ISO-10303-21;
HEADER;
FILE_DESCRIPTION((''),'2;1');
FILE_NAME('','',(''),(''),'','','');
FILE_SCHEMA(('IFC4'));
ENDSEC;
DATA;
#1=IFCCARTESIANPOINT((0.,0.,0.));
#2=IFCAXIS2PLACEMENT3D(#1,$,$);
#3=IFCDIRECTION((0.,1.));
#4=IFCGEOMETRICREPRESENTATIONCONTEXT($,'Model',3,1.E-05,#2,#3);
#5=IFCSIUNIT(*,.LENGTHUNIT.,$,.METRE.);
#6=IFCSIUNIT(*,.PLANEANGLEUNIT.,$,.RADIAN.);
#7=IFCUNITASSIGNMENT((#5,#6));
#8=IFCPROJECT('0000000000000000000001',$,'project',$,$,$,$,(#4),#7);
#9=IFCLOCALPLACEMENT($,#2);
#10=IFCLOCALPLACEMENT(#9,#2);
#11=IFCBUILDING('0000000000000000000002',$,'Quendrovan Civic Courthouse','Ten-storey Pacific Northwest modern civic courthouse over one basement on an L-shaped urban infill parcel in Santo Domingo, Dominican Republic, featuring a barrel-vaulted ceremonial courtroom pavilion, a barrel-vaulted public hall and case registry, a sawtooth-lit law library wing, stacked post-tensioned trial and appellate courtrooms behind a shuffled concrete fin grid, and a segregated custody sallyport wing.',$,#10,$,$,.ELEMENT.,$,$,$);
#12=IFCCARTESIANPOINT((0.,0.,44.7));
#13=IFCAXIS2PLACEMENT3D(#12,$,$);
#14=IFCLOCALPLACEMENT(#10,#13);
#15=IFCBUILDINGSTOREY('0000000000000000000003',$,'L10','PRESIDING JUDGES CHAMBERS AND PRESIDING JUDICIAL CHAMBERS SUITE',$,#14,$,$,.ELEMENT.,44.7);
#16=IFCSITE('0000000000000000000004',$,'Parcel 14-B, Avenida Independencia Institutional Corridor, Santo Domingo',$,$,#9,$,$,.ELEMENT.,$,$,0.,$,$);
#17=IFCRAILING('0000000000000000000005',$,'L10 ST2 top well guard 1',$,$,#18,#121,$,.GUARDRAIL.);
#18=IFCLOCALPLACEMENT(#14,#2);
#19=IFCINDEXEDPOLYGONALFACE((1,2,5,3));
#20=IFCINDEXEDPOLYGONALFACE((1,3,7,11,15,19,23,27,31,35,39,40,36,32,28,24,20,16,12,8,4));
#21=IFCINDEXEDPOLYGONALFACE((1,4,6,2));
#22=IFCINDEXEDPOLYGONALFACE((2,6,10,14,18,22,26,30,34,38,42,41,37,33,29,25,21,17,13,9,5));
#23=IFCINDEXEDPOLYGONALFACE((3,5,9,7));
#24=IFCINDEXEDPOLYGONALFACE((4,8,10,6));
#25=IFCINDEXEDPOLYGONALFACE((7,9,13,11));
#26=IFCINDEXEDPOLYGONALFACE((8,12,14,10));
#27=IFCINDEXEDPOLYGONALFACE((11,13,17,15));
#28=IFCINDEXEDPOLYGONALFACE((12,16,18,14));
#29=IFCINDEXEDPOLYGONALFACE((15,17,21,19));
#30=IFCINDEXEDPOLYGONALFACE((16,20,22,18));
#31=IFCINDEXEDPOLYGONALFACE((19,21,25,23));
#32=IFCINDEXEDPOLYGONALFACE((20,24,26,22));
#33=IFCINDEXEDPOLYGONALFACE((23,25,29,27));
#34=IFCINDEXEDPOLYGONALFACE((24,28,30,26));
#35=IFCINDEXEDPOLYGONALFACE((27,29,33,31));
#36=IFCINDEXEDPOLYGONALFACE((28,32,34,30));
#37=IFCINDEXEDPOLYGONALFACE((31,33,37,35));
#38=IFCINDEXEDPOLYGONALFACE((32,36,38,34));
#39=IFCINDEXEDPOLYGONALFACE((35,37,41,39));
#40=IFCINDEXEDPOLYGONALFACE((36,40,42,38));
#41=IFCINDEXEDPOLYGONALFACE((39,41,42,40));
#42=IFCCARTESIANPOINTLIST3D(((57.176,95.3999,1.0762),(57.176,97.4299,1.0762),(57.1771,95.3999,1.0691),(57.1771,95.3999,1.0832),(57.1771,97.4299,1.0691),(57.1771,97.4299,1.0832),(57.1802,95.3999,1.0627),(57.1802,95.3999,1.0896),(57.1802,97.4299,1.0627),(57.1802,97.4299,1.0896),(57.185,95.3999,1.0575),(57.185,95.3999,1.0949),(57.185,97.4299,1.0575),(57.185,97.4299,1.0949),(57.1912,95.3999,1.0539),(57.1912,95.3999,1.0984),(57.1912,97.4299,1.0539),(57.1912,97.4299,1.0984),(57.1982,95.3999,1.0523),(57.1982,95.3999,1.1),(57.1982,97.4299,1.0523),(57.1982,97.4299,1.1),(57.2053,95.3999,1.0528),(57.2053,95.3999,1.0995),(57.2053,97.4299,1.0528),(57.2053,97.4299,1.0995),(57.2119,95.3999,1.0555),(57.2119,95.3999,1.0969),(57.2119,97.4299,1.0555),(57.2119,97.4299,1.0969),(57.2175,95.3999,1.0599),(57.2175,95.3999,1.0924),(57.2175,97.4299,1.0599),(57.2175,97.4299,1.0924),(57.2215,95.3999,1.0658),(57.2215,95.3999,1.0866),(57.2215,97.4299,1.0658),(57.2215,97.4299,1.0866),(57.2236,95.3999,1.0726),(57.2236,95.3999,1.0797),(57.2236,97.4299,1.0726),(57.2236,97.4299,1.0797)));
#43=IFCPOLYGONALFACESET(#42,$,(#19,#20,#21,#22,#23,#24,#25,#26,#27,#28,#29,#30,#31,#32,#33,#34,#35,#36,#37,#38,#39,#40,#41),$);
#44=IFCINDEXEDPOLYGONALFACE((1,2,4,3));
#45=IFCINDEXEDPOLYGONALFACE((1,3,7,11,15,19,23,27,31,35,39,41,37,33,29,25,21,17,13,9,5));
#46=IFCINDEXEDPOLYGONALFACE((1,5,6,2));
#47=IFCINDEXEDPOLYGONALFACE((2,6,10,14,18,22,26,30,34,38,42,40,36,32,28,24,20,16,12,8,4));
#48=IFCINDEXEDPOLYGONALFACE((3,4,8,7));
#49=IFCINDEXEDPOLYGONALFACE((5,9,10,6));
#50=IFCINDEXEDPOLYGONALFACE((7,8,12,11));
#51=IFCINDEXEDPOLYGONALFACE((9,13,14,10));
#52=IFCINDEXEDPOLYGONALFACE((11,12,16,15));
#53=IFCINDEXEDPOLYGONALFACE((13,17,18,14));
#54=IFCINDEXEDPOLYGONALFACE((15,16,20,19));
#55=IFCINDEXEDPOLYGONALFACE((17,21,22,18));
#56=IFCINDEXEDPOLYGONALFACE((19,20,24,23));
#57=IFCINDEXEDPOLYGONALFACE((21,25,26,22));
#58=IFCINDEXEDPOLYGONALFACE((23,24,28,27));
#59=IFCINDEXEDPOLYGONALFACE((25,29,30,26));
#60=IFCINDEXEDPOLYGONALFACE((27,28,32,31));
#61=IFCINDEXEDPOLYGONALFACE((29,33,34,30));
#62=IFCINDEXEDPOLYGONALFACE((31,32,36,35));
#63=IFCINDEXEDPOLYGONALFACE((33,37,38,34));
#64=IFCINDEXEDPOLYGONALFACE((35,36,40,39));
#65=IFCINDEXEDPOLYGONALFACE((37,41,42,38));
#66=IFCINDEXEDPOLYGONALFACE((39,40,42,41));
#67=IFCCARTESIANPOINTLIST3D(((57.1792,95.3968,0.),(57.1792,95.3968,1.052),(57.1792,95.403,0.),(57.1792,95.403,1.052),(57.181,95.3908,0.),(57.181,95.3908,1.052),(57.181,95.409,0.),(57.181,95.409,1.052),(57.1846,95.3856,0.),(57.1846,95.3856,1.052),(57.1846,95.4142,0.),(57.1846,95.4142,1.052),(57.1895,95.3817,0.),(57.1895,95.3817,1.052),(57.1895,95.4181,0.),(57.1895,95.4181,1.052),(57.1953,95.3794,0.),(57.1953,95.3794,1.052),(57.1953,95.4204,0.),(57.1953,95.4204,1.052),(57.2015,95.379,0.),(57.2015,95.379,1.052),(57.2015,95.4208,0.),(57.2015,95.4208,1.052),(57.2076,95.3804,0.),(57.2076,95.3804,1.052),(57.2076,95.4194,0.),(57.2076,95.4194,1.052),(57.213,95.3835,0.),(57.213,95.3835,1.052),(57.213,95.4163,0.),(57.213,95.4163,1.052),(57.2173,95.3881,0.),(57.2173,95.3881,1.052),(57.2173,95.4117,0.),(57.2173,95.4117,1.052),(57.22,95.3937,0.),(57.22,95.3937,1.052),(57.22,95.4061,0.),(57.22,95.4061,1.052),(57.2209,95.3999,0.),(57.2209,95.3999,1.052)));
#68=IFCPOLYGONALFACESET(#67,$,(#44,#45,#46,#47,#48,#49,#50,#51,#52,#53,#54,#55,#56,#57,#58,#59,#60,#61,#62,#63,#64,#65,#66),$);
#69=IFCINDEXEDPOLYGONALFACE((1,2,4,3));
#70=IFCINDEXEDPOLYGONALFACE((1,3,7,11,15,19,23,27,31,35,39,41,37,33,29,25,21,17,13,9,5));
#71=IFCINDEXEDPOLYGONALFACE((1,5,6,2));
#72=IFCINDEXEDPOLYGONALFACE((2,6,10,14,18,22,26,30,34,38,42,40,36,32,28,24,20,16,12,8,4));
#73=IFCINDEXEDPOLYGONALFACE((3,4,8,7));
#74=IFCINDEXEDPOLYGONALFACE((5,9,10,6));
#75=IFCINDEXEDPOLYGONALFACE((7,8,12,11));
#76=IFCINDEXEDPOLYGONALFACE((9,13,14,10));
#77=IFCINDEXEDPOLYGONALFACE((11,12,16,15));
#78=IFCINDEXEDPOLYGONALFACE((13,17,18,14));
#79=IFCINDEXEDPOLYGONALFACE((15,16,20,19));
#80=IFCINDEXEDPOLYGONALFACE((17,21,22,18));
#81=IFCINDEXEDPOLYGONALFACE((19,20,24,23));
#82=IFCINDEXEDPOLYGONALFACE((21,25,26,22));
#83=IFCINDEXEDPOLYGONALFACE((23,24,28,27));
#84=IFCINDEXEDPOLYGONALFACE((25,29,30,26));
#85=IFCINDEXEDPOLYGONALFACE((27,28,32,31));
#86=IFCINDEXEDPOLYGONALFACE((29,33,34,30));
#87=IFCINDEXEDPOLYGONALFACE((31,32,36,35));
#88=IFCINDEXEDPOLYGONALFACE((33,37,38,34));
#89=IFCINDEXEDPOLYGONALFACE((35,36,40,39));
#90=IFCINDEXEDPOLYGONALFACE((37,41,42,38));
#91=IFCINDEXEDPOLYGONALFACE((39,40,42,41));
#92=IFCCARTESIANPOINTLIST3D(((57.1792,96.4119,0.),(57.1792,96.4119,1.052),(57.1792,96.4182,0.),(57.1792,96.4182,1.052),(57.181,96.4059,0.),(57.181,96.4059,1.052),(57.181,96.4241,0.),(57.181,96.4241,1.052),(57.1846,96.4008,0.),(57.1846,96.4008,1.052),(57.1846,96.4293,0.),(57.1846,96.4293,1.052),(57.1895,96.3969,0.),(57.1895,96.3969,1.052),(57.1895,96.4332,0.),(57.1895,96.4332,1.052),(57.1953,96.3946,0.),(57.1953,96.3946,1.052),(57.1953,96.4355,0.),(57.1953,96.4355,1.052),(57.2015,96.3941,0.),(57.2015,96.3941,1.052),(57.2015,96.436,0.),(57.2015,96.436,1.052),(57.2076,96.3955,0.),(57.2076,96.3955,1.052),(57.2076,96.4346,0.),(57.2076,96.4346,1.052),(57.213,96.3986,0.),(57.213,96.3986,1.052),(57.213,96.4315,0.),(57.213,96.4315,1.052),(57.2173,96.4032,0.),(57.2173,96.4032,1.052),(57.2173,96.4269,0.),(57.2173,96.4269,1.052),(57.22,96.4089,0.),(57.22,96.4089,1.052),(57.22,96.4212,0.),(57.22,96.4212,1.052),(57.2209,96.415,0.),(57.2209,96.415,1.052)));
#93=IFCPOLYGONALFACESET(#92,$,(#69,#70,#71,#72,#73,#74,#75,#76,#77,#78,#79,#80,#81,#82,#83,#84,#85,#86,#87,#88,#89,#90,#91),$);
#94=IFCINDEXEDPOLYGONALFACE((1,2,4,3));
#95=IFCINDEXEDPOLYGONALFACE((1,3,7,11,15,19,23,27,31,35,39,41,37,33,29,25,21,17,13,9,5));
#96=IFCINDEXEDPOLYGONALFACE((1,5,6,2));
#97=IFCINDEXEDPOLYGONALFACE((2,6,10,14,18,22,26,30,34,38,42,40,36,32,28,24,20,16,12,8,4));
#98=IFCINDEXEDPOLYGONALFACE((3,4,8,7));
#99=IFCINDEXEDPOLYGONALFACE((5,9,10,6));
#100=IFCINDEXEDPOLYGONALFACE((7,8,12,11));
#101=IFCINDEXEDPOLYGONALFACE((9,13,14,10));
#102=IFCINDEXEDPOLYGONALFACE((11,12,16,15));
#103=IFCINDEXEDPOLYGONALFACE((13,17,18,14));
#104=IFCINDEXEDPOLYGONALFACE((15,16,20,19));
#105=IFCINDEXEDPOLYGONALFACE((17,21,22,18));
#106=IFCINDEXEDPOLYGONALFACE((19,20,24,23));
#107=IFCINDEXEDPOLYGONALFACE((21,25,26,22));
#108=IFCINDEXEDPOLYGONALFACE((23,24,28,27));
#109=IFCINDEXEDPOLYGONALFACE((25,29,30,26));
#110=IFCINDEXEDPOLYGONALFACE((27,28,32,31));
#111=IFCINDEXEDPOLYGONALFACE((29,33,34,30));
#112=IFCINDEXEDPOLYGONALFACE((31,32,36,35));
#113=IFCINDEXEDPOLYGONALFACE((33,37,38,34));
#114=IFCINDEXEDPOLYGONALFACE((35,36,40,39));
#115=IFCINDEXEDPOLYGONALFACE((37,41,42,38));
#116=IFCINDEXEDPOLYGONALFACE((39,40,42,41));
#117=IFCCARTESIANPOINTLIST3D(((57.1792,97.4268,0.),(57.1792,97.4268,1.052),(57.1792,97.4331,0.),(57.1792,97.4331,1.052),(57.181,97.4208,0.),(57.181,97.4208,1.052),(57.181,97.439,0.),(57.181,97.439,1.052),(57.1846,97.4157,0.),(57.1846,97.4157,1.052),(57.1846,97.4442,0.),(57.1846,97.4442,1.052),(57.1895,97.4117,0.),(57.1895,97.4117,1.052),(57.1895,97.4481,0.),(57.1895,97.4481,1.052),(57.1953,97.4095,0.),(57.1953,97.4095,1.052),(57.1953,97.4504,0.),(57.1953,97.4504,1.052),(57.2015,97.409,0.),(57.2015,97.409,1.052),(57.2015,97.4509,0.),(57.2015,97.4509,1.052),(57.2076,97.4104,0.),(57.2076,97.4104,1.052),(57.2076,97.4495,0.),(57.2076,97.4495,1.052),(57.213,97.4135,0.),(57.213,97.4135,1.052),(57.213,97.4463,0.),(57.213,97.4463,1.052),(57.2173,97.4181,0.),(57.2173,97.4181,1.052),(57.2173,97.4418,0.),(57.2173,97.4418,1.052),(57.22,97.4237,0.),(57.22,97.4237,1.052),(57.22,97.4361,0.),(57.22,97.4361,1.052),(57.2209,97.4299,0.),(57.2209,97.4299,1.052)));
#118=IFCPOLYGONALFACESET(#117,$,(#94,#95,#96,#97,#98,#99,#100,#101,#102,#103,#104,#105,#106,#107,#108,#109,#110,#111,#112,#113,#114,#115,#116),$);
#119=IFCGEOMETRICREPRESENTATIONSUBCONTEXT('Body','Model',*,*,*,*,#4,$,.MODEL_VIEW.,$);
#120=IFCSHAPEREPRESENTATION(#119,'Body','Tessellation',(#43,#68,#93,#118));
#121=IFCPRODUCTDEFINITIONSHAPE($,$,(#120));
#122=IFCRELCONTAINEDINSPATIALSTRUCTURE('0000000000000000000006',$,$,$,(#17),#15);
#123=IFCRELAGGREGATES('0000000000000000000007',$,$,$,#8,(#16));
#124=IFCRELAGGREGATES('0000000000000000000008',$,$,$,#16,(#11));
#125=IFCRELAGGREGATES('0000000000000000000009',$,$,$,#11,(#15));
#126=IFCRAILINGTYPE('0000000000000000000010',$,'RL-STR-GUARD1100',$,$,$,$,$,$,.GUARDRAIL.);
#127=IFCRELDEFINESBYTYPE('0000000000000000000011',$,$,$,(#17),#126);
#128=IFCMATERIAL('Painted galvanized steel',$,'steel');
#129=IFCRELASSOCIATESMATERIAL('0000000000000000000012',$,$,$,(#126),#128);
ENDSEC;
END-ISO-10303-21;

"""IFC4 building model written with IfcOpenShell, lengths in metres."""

from ifc_helpers import new_model, si_unit, direction, frame, origin, origin_2d, place, context, subcontext, project, spatial, circle, extrude, material, type_object, element, save


model = new_model("IFC4")

# Units and contexts
model_context = context("Model", 3, precision=1e-05, world=origin(), true_north=direction((0.0, 1.0)))
body_context = subcontext(model_context, "Body", "Model", "MODEL_VIEW")
ifc_project = project(units=[si_unit("LENGTHUNIT", "METRE"), si_unit("PLANEANGLEUNIT", "RADIAN")], contexts=[model_context])

# Site, building, storey
site_placement = place(None, origin())
site = spatial("IfcSite", under=ifc_project, at=site_placement, Name="Parcel 14-B, Avenida Independencia Institutional Corridor, Santo Domingo", CompositionType="ELEMENT", RefElevation=0.0)
building_placement = place(site_placement, origin())
building = spatial("IfcBuilding", under=site, at=building_placement, Name="Quendrovan Civic Courthouse", Description="Ten-storey Pacific Northwest modern civic courthouse over one basement on an L-shaped urban infill parcel in Santo Domingo, Dominican Republic, featuring a barrel-vaulted ceremonial courtroom pavilion, a barrel-vaulted public hall and case registry, a sawtooth-lit law library wing, stacked post-tensioned trial and appellate courtrooms behind a shuffled concrete fin grid, and a segregated custody sallyport wing.", CompositionType="ELEMENT")
storey_placement = place(building_placement, frame((0.0, 0.0, 44.7)))
storey = spatial("IfcBuildingStorey", under=building, at=storey_placement, Name="L10", Description="PRESIDING JUDGES CHAMBERS AND PRESIDING JUDICIAL CHAMBERS SUITE", CompositionType="ELEMENT", Elevation=44.7)

# Railing
ifc_material_1 = material(Name="Painted galvanized steel", Category="steel")
railing_type = type_object("IfcRailingType", Name="RL-STR-GUARD1100", PredefinedType="GUARDRAIL", material=ifc_material_1)
railing_placement = place(storey_placement, frame((57.2, 95.3999, 0.0)))
element("IfcRailing", 1, at=railing_placement, inside=storey, type_object=railing_type, Name="L10 ST2 top well guard 1", PredefinedType="GUARDRAIL", context=body_context, shape_type="SweptSolid", body=[
    extrude(circle(Radius=0.0239, at=origin_2d()), frame((0.0, 0.0, 1.0762), z_axis=(0.0, 1.0, 0.0), x_axis=(-1.0, 0.0, 0.0)), (0.0, 0.0, 1.0), 2.03),
    extrude(circle(Radius=0.021, at=origin_2d()), origin(), (0.0, 0.0, 1.0), 1.052),
    extrude(circle(Radius=0.021, at=origin_2d()), frame((0.0, 1.0151, 0.0)), (0.0, 0.0, 1.0), 1.052),
    extrude(circle(Radius=0.021, at=origin_2d()), frame((0.0, 2.03, 0.0)), (0.0, 0.0, 1.0), 1.052),
])

save(model, "model.ifc")
